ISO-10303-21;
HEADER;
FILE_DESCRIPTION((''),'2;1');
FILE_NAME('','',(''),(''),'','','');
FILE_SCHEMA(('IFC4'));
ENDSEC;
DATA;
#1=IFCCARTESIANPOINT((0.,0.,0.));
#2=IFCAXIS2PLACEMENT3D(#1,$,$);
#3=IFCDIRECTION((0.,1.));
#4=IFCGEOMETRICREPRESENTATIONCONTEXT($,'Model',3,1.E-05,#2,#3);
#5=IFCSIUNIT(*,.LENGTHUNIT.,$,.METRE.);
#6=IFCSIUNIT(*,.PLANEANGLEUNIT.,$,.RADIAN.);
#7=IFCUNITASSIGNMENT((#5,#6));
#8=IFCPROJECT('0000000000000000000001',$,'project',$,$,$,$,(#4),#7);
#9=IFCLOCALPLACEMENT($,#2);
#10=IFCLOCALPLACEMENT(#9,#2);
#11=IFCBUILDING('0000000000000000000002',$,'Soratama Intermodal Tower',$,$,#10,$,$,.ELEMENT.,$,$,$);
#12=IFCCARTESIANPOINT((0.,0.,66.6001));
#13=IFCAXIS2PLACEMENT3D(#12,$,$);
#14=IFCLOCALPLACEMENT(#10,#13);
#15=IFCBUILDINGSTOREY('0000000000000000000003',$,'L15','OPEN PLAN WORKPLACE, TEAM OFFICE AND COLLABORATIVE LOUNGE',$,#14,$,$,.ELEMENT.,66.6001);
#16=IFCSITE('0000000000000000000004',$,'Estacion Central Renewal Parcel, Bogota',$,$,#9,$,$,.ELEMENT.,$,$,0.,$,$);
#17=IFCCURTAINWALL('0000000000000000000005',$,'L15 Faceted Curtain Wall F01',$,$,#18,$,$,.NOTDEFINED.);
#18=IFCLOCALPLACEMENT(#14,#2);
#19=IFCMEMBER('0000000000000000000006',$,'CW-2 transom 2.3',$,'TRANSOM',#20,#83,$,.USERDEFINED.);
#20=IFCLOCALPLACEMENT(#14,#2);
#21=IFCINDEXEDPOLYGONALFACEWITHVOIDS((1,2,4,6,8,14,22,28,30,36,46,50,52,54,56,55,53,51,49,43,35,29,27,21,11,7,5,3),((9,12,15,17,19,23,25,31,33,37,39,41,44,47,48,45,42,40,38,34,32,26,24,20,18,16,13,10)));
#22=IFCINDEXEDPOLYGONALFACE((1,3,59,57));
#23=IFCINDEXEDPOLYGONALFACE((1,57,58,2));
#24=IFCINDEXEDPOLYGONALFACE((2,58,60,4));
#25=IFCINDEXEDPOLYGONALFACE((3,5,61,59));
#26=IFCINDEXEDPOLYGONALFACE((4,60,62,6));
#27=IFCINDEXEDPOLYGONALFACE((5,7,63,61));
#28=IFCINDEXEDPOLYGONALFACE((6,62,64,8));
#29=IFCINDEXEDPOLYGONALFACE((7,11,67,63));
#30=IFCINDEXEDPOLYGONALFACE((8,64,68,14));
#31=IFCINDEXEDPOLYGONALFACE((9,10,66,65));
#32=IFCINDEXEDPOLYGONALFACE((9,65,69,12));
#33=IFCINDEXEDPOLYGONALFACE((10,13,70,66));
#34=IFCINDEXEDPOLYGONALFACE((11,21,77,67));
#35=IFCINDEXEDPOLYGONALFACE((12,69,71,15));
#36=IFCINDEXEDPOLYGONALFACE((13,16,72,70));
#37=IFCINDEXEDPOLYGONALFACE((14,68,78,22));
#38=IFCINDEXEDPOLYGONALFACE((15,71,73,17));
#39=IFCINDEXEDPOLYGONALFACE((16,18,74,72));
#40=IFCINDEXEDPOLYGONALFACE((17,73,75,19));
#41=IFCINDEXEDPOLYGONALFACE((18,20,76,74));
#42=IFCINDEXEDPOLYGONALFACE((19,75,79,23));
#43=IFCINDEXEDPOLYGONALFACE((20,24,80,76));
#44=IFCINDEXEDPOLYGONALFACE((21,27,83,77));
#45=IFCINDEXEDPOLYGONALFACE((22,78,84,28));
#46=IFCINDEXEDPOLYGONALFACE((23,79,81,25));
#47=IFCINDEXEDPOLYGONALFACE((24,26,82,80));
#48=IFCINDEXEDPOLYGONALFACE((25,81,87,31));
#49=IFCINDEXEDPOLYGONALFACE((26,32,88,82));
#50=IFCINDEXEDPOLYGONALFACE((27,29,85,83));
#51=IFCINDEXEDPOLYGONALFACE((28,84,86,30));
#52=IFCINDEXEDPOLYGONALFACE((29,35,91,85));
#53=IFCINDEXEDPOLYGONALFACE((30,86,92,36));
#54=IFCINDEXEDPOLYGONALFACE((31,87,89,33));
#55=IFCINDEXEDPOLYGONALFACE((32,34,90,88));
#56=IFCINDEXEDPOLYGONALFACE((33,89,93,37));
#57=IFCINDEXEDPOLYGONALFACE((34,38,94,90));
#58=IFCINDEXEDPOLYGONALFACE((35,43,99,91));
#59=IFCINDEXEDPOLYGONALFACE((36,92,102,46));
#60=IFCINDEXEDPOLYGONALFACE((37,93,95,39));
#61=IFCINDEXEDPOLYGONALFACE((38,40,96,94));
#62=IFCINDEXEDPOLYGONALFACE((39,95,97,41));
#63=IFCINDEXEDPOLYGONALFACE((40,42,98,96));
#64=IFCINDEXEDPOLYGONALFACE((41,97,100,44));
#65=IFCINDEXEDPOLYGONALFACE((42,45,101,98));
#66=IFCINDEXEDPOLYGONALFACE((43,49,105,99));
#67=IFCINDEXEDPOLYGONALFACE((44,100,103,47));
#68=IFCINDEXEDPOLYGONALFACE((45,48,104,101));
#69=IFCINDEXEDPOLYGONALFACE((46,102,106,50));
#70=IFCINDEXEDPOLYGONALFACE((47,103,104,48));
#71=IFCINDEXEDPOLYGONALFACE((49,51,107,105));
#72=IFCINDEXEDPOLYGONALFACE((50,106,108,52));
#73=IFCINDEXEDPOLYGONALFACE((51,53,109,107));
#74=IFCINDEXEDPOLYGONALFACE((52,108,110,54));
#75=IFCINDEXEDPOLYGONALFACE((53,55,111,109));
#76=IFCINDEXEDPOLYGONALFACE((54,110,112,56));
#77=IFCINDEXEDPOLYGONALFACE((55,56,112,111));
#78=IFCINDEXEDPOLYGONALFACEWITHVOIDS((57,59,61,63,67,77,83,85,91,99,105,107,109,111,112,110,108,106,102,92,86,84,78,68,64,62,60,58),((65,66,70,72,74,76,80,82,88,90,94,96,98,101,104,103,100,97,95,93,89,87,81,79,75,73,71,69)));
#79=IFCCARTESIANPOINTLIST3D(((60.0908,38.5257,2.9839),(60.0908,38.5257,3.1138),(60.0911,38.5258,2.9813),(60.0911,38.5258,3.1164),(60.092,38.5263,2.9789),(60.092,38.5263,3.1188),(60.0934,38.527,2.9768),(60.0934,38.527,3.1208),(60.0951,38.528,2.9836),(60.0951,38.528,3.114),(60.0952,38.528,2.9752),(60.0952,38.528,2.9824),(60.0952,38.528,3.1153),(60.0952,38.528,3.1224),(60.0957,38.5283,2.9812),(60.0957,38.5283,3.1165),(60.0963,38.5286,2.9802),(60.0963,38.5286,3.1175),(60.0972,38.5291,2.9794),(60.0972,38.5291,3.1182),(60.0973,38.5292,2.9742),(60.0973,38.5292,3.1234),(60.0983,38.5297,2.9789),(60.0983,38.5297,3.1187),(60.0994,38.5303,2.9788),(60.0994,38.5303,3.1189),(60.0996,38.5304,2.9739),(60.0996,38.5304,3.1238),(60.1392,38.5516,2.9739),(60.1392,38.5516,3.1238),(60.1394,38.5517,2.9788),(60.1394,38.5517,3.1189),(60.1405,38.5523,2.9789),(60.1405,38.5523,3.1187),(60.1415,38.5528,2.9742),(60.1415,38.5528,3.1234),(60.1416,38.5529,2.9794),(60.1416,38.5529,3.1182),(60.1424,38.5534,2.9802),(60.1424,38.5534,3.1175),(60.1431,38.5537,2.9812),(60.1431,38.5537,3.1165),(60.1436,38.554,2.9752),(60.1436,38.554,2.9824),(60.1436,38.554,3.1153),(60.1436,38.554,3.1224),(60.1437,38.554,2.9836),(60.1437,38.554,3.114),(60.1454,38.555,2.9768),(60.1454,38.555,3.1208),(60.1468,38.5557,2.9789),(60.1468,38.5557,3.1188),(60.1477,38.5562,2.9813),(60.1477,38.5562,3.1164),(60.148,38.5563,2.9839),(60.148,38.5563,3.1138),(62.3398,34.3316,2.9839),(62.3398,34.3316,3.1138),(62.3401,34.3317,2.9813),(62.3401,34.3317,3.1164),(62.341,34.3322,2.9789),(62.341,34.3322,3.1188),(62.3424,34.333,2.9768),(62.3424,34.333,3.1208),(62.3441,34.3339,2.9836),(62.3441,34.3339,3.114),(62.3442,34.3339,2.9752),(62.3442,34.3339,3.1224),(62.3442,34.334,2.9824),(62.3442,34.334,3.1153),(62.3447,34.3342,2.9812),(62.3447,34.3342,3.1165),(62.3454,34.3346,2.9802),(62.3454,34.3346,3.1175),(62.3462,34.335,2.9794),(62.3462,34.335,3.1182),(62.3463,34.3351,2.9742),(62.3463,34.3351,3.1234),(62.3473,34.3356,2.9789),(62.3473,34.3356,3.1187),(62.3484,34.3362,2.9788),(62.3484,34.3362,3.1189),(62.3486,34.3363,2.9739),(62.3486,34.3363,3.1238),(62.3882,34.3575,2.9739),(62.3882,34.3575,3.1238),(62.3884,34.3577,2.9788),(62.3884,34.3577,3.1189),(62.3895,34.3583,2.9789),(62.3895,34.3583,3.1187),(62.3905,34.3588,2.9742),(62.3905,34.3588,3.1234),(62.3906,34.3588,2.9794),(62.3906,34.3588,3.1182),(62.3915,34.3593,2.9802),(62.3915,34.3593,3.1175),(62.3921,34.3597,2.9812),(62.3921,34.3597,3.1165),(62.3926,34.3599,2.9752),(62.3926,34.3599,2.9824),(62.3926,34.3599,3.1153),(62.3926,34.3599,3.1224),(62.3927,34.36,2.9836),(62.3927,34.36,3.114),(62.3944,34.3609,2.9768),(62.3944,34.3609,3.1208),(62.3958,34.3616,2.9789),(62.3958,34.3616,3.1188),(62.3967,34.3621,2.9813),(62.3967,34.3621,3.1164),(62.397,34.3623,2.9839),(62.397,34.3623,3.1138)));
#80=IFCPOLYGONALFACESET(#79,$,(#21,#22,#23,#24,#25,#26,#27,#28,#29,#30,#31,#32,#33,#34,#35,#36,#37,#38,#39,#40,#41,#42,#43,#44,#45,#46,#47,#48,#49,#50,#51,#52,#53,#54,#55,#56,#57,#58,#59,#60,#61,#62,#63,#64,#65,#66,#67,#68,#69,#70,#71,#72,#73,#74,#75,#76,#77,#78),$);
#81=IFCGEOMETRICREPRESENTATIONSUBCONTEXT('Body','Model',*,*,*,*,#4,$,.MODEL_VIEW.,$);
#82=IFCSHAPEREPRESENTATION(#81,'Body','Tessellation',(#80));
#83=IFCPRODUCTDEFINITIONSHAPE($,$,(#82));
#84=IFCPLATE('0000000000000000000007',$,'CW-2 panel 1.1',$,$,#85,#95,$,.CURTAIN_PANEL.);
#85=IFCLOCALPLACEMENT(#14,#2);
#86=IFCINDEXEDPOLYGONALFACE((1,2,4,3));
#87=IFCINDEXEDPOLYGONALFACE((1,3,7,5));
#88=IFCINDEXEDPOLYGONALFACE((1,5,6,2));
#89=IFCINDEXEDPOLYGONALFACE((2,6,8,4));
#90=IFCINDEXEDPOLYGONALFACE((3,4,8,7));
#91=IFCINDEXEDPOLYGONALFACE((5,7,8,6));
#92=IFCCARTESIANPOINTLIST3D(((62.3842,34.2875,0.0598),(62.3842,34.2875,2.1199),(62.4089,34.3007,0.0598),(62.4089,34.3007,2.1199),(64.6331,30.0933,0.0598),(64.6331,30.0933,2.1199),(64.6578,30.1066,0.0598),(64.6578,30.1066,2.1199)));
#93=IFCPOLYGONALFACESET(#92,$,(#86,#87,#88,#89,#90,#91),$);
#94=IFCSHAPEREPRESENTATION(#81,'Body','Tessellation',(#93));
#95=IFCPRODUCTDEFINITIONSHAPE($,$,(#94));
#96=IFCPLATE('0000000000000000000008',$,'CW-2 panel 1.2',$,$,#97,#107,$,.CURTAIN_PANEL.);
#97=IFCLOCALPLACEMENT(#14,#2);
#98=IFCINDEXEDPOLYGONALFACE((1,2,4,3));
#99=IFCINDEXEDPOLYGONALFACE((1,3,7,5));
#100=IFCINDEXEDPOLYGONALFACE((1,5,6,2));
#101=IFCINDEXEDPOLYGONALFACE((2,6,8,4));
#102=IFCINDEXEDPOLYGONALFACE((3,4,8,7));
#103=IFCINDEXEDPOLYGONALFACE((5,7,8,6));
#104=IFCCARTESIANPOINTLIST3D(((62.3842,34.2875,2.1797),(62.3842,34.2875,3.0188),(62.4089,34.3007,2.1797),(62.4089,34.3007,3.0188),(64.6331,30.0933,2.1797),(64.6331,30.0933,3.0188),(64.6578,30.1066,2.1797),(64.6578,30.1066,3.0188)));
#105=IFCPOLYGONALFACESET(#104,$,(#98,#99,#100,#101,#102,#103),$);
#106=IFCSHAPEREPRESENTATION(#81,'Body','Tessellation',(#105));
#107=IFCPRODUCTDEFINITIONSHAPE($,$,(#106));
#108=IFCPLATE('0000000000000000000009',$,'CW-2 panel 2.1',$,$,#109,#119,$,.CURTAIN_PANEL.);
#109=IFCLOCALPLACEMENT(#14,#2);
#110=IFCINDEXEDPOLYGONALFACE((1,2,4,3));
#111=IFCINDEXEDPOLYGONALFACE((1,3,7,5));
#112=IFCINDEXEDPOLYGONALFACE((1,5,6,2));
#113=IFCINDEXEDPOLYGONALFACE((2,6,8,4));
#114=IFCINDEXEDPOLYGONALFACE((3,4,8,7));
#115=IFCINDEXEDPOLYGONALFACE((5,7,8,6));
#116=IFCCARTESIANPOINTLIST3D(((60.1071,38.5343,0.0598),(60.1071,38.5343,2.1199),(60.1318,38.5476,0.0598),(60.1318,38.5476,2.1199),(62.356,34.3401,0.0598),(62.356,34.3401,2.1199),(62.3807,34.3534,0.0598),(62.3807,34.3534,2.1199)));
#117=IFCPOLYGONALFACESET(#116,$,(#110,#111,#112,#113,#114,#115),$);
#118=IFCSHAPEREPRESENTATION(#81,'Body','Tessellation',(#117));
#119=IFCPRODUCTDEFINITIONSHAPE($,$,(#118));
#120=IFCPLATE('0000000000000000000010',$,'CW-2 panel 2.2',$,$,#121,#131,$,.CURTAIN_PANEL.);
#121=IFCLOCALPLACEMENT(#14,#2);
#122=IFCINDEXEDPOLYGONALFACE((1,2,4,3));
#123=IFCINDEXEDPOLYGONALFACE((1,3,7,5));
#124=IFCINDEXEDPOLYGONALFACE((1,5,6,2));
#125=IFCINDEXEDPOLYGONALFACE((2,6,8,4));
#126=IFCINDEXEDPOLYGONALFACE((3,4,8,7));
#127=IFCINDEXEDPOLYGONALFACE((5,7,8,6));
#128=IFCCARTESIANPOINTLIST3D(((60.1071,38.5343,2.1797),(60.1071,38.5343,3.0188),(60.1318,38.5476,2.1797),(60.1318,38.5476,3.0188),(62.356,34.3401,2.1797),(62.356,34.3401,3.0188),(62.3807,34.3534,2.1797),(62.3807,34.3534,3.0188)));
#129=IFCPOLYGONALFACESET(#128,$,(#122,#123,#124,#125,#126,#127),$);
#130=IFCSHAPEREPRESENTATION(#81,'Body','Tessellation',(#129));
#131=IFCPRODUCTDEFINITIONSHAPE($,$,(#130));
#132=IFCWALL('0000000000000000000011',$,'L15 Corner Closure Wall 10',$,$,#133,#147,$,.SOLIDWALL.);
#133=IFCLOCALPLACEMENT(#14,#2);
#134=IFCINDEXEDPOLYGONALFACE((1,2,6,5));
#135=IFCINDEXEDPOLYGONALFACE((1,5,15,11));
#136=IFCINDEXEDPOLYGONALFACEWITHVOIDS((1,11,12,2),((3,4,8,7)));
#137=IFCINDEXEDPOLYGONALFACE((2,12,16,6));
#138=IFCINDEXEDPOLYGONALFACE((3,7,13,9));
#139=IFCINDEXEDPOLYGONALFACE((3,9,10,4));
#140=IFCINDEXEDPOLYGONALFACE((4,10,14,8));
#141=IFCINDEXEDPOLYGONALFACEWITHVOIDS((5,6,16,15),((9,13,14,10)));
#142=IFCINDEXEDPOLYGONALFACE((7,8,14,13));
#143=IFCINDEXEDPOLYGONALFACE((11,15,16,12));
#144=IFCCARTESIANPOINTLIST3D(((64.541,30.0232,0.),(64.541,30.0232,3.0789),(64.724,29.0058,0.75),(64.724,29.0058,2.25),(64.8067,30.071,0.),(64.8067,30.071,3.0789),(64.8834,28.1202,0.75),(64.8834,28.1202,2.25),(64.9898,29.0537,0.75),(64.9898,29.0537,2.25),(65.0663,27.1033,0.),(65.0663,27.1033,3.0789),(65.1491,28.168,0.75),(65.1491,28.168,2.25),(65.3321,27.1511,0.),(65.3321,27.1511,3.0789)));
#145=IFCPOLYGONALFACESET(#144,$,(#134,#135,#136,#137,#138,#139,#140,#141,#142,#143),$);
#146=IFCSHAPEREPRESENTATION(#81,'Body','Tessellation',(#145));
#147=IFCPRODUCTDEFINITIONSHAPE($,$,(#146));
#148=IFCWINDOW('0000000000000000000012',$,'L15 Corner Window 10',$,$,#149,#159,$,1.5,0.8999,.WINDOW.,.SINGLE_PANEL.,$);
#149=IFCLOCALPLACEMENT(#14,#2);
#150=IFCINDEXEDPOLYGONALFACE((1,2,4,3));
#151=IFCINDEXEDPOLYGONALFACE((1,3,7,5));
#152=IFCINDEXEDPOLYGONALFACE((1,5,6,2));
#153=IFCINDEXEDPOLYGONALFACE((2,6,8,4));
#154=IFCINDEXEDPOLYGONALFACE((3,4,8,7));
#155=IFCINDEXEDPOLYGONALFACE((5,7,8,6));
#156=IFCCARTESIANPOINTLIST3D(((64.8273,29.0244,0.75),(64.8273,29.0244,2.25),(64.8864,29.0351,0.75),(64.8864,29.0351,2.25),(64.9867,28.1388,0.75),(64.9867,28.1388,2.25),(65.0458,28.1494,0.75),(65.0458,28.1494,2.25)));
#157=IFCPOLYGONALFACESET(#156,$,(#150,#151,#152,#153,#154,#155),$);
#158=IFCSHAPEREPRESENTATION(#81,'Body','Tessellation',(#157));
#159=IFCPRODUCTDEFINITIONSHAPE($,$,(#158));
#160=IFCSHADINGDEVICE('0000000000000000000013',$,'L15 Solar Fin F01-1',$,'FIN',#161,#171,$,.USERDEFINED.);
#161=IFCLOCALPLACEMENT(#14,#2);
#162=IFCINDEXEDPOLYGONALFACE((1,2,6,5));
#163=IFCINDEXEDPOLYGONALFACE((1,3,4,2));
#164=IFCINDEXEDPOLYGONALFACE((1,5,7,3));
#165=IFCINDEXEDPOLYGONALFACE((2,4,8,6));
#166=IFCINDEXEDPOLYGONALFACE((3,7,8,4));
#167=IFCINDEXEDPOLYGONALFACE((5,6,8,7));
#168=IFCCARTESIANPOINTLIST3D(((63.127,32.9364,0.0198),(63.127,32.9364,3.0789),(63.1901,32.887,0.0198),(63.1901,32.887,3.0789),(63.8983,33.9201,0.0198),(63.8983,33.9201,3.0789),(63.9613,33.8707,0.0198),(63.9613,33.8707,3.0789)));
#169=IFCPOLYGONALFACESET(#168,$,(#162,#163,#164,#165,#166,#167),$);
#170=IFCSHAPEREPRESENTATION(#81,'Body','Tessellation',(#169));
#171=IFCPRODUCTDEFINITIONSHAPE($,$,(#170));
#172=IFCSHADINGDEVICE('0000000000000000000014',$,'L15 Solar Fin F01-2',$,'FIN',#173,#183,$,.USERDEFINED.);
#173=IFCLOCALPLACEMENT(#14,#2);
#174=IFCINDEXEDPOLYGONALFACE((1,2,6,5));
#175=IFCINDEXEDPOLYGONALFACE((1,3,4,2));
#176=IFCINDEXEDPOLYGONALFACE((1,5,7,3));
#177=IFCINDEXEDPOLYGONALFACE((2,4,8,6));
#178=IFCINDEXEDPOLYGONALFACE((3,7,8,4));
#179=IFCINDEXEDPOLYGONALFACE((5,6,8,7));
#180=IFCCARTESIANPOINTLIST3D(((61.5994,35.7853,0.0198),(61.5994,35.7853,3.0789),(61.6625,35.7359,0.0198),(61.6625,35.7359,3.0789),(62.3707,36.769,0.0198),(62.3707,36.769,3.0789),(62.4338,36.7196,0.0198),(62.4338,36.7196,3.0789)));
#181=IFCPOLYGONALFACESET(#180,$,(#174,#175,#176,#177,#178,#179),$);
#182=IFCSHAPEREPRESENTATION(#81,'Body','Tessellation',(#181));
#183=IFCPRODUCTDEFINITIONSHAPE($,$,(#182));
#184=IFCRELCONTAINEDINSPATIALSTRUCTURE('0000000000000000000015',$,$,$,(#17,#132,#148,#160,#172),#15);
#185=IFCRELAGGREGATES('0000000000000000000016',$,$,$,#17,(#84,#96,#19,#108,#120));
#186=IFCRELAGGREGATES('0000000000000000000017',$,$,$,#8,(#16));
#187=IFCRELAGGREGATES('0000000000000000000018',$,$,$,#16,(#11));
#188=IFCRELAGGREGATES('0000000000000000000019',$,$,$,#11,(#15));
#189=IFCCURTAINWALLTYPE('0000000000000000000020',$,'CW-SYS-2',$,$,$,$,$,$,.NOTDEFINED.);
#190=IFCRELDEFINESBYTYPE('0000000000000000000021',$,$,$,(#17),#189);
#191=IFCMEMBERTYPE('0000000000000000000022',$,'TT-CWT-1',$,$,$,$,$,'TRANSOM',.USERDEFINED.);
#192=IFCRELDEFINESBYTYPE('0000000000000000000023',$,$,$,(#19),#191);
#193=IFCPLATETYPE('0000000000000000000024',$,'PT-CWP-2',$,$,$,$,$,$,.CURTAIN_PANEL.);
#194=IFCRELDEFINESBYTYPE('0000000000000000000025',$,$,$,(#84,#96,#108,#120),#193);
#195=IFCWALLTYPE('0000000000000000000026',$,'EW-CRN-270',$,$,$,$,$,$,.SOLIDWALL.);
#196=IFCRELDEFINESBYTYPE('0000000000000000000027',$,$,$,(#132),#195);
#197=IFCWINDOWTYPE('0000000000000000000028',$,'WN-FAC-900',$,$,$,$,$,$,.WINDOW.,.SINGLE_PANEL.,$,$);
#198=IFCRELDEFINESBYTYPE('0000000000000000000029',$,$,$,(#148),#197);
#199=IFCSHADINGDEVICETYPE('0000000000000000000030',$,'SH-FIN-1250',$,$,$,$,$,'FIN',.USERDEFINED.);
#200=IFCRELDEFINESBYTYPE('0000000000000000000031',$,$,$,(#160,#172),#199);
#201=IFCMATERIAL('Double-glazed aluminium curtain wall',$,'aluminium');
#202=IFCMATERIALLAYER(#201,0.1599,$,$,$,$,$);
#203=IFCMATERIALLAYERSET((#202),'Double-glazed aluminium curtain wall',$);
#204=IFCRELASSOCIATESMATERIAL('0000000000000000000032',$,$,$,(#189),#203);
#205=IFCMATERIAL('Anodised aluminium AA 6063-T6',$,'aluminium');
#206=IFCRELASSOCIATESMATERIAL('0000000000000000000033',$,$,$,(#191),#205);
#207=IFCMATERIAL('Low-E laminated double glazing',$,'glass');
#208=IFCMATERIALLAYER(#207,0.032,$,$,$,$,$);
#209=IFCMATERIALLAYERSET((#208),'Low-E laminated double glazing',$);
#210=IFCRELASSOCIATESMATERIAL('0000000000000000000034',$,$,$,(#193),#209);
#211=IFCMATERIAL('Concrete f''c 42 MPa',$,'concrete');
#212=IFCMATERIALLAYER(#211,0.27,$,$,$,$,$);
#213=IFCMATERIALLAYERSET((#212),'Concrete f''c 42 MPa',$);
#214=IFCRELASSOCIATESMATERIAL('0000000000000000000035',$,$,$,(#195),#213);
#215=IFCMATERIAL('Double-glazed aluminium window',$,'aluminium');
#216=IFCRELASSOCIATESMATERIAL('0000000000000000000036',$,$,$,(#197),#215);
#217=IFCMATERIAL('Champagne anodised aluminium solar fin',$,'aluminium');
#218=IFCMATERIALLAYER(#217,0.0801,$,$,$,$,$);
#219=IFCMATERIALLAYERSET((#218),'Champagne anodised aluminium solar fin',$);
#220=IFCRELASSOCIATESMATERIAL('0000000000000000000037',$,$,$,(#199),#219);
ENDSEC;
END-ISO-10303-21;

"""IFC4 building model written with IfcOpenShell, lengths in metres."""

from ifc_helpers import new_model, si_unit, direction, frame, frame_2d, origin, origin_2d, place, context, subcontext, project, spatial, rectangle, hollow_rectangle, extrude, material, layer, layer_set, material_profile, profile_set, type_object, element, fill, aggregate, save


model = new_model("IFC4")

# Units and contexts
model_context = context("Model", 3, precision=1e-05, world=origin(), true_north=direction((0.0, 1.0)))
body_context = subcontext(model_context, "Body", "Model", "MODEL_VIEW")
ifc_project = project(units=[si_unit("LENGTHUNIT", "METRE"), si_unit("PLANEANGLEUNIT", "RADIAN")], contexts=[model_context])

# Site, building, storey
site_placement = place(None, origin())
site = spatial("IfcSite", under=ifc_project, at=site_placement, Name="Estacion Central Renewal Parcel, Bogota", CompositionType="ELEMENT", RefElevation=0.0)
building_placement = place(site_placement, origin())
building = spatial("IfcBuilding", under=site, at=building_placement, Name="Soratama Intermodal Tower", CompositionType="ELEMENT")
storey_placement = place(building_placement, frame((0.0, 0.0, 66.6001)))
storey = spatial("IfcBuildingStorey", under=building, at=storey_placement, Name="L15", Description="OPEN PLAN WORKPLACE, TEAM OFFICE AND COLLABORATIVE LOUNGE", CompositionType="ELEMENT", Elevation=66.6001)

# Curtain wall, member, plates
ifc_material_1 = material(Name="Double-glazed aluminium curtain wall", Category="aluminium")
ifc_layer_1 = layer(ifc_material_1, 0.1599)
ifc_layer_set_1 = layer_set([ifc_layer_1], Name="Double-glazed aluminium curtain wall")
curtain_wall_type = type_object("IfcCurtainWallType", Name="CW-SYS-2", PredefinedType="NOTDEFINED", material=ifc_layer_set_1)
curtain_wall_placement = place(storey_placement, origin())
curtain_wall = element("IfcCurtainWall", 1, at=curtain_wall_placement, inside=storey, type_object=curtain_wall_type, Name="L15 Faceted Curtain Wall F01", PredefinedType="NOTDEFINED")
ifc_material_2 = material(Name="Anodised aluminium AA 6063-T6", Category="aluminium")
ifc_material_profile_1 = material_profile(ifc_material_2, hollow_rectangle(XDim=0.0649, YDim=0.1499, WallThickness=0.0049, InnerFilletRadius=0.0049, OuterFilletRadius=0.01, at=origin_2d()), Name="CWT150X65X5")
ifc_profile_set_1 = profile_set([ifc_material_profile_1], Name="Anodised aluminium AA 6063-T6")
member_type_1 = type_object("IfcMemberType", Name="TT-CWT-1", ElementType="TRANSOM", PredefinedType="USERDEFINED", material=ifc_profile_set_1)
member_1_placement = place(storey_placement, frame((62.3684, 34.3469, 3.0488), z_axis=(-0.472579, 0.881288, 0.0), x_axis=(-0.881288, -0.472579, 0.0)))
member_1 = element("IfcMember", 2, at=member_1_placement, type_object=member_type_1, Name="CW-2 transom 2.3", ObjectType="TRANSOM", PredefinedType="USERDEFINED", context=body_context, shape_type="SweptSolid", body=[
    extrude(hollow_rectangle(XDim=0.0649, YDim=0.1499, WallThickness=0.0049, InnerFilletRadius=0.0049, OuterFilletRadius=0.01, at=origin_2d()), origin(), (0.0, 0.0, 1.0), 4.759),
])
ifc_material_3 = material(Name="Low-E laminated double glazing", Category="glass")
ifc_layer_2 = layer(ifc_material_3, 0.032)
ifc_layer_set_2 = layer_set([ifc_layer_2], Name="Low-E laminated double glazing")
plate_type = type_object("IfcPlateType", Name="PT-CWP-2", PredefinedType="CURTAIN_PANEL", material=ifc_layer_set_2)
plate_1_placement = place(storey_placement, frame((63.521, 32.197, 0.0598), z_axis=(0.0, 0.0, 1.0), x_axis=(-0.47255, 0.881304, 0.0)))
plate_1 = element("IfcPlate", 3, at=plate_1_placement, type_object=plate_type, Name="CW-2 panel 1.1", PredefinedType="CURTAIN_PANEL", context=body_context, shape_type="SweptSolid", body=[
    extrude(rectangle(XDim=4.759, YDim=0.0281, at=origin_2d()), origin(), (0.0, 0.0, 1.0), 2.0601),
])
plate_2_placement = place(storey_placement, frame((63.521, 32.197, 2.1797), z_axis=(0.0, 0.0, 1.0), x_axis=(-0.47255, 0.881304, 0.0)))
plate_2 = element("IfcPlate", 4, at=plate_2_placement, type_object=plate_type, Name="CW-2 panel 1.2", PredefinedType="CURTAIN_PANEL", context=body_context, shape_type="SweptSolid", body=[
    extrude(rectangle(XDim=4.759, YDim=0.0281, at=origin_2d()), origin(), (0.0, 0.0, 1.0), 0.8391),
])
plate_3_placement = place(storey_placement, frame((61.2439, 36.4438, 0.0598), z_axis=(0.0, 0.0, 1.0), x_axis=(-0.47255, 0.881304, 0.0)))
plate_3 = element("IfcPlate", 5, at=plate_3_placement, type_object=plate_type, Name="CW-2 panel 2.1", PredefinedType="CURTAIN_PANEL", context=body_context, shape_type="SweptSolid", body=[
    extrude(rectangle(XDim=4.759, YDim=0.0281, at=origin_2d()), origin(), (0.0, 0.0, 1.0), 2.0601),
])
plate_4_placement = place(storey_placement, frame((61.2439, 36.4438, 2.1797), z_axis=(0.0, 0.0, 1.0), x_axis=(-0.47255, 0.881304, 0.0)))
plate_4 = element("IfcPlate", 6, at=plate_4_placement, type_object=plate_type, Name="CW-2 panel 2.2", PredefinedType="CURTAIN_PANEL", context=body_context, shape_type="SweptSolid", body=[
    extrude(rectangle(XDim=4.759, YDim=0.0281, at=origin_2d()), origin(), (0.0, 0.0, 1.0), 0.8391),
])
aggregate(curtain_wall, [plate_1, plate_2, member_1, plate_3, plate_4])

# Wall, opening, window
ifc_material_4 = material(Name="Concrete f'c 42 MPa", Category="concrete")
ifc_layer_3 = layer(ifc_material_4, 0.27)
ifc_layer_set_3 = layer_set([ifc_layer_3], Name="Concrete f'c 42 MPa")
wall_type = type_object("IfcWallType", Name="EW-CRN-270", PredefinedType="SOLIDWALL", material=ifc_layer_set_3)
wall_placement = place(storey_placement, frame((65.1992, 27.1272, 0.0), z_axis=(0.0, 0.0, 1.0), x_axis=(-0.177089, 0.984195, 0.0)))
wall = element("IfcWall", 7, at=wall_placement, inside=storey, type_object=wall_type, Name="L15 Corner Closure Wall 10", PredefinedType="SOLIDWALL", context=body_context, shape_type="SweptSolid", body=[
    extrude(rectangle(XDim=2.9668, YDim=0.27, at=frame_2d((1.4834, 0.0))), origin(), (0.0, 0.0, 1.0), 3.0789),
])
opening_placement = place(wall_placement, frame((1.0332, 0.0, 0.75)))
opening = element("IfcOpeningElement", 8, at=opening_placement, cuts=wall, PredefinedType="OPENING", context=body_context, shape_type="SweptSolid", body=[
    extrude(rectangle(XDim=0.8999, YDim=1.5, at=frame_2d((0.45, 0.75))), frame((0.0, 0.145, 0.0), z_axis=(0.0, -1.0, 0.0), x_axis=(1.0, 0.0, 0.0)), (0.0, 0.0, 1.0), 0.29),
])
ifc_material_5 = material(Name="Double-glazed aluminium window", Category="aluminium")
window_type = type_object("IfcWindowType", Name="WN-FAC-900", PartitioningType="SINGLE_PANEL", PredefinedType="WINDOW", material=ifc_material_5)
window_placement = place(opening_placement, origin())
window = element("IfcWindow", 9, at=window_placement, inside=storey, type_object=window_type, Name="L15 Corner Window 10", OverallHeight=1.5, OverallWidth=0.8999, PartitioningType="SINGLE_PANEL", PredefinedType="WINDOW", context=body_context, shape_type="SweptSolid", body=[
    extrude(rectangle(XDim=0.8999, YDim=1.5, at=frame_2d((0.45, 0.75))), frame((0.0, 0.03, 0.0), z_axis=(0.0, -1.0, 0.0), x_axis=(1.0, 0.0, 0.0)), (0.0, 0.0, 1.0), 0.0601),
])
fill(opening, window)

# Shading devices
ifc_material_6 = material(Name="Champagne anodised aluminium solar fin", Category="aluminium")
ifc_layer_4 = layer(ifc_material_6, 0.0801)
ifc_layer_set_4 = layer_set([ifc_layer_4], Name="Champagne anodised aluminium solar fin")
shading_device_type = type_object("IfcShadingDeviceType", Name="SH-FIN-1250", ElementType="FIN", PredefinedType="USERDEFINED", material=ifc_layer_set_4)
for number, where, z_axis, x_axis, name in (
    (10, (63.5442, 33.4036, 0.0198), (0.0, 0.0, 1.0), (0.617036, 0.786935, 0.0), "L15 Solar Fin F01-1"),
    (11, (62.0166, 36.2524, 0.0198), (0.0, 0.0, 1.0), (0.617036, 0.786935, 0.0), "L15 Solar Fin F01-2"),
):
    element("IfcShadingDevice", number, at=place(storey_placement, frame(where, z_axis=z_axis, x_axis=x_axis)), inside=storey, type_object=shading_device_type, Name=name, ObjectType="FIN", PredefinedType="USERDEFINED", context=body_context, shape_type="SweptSolid", body=[
        extrude(rectangle(XDim=1.25, YDim=0.0801, at=origin_2d()), origin(), (0.0, 0.0, 1.0), 3.0591),
    ])

save(model, "model.ifc")
